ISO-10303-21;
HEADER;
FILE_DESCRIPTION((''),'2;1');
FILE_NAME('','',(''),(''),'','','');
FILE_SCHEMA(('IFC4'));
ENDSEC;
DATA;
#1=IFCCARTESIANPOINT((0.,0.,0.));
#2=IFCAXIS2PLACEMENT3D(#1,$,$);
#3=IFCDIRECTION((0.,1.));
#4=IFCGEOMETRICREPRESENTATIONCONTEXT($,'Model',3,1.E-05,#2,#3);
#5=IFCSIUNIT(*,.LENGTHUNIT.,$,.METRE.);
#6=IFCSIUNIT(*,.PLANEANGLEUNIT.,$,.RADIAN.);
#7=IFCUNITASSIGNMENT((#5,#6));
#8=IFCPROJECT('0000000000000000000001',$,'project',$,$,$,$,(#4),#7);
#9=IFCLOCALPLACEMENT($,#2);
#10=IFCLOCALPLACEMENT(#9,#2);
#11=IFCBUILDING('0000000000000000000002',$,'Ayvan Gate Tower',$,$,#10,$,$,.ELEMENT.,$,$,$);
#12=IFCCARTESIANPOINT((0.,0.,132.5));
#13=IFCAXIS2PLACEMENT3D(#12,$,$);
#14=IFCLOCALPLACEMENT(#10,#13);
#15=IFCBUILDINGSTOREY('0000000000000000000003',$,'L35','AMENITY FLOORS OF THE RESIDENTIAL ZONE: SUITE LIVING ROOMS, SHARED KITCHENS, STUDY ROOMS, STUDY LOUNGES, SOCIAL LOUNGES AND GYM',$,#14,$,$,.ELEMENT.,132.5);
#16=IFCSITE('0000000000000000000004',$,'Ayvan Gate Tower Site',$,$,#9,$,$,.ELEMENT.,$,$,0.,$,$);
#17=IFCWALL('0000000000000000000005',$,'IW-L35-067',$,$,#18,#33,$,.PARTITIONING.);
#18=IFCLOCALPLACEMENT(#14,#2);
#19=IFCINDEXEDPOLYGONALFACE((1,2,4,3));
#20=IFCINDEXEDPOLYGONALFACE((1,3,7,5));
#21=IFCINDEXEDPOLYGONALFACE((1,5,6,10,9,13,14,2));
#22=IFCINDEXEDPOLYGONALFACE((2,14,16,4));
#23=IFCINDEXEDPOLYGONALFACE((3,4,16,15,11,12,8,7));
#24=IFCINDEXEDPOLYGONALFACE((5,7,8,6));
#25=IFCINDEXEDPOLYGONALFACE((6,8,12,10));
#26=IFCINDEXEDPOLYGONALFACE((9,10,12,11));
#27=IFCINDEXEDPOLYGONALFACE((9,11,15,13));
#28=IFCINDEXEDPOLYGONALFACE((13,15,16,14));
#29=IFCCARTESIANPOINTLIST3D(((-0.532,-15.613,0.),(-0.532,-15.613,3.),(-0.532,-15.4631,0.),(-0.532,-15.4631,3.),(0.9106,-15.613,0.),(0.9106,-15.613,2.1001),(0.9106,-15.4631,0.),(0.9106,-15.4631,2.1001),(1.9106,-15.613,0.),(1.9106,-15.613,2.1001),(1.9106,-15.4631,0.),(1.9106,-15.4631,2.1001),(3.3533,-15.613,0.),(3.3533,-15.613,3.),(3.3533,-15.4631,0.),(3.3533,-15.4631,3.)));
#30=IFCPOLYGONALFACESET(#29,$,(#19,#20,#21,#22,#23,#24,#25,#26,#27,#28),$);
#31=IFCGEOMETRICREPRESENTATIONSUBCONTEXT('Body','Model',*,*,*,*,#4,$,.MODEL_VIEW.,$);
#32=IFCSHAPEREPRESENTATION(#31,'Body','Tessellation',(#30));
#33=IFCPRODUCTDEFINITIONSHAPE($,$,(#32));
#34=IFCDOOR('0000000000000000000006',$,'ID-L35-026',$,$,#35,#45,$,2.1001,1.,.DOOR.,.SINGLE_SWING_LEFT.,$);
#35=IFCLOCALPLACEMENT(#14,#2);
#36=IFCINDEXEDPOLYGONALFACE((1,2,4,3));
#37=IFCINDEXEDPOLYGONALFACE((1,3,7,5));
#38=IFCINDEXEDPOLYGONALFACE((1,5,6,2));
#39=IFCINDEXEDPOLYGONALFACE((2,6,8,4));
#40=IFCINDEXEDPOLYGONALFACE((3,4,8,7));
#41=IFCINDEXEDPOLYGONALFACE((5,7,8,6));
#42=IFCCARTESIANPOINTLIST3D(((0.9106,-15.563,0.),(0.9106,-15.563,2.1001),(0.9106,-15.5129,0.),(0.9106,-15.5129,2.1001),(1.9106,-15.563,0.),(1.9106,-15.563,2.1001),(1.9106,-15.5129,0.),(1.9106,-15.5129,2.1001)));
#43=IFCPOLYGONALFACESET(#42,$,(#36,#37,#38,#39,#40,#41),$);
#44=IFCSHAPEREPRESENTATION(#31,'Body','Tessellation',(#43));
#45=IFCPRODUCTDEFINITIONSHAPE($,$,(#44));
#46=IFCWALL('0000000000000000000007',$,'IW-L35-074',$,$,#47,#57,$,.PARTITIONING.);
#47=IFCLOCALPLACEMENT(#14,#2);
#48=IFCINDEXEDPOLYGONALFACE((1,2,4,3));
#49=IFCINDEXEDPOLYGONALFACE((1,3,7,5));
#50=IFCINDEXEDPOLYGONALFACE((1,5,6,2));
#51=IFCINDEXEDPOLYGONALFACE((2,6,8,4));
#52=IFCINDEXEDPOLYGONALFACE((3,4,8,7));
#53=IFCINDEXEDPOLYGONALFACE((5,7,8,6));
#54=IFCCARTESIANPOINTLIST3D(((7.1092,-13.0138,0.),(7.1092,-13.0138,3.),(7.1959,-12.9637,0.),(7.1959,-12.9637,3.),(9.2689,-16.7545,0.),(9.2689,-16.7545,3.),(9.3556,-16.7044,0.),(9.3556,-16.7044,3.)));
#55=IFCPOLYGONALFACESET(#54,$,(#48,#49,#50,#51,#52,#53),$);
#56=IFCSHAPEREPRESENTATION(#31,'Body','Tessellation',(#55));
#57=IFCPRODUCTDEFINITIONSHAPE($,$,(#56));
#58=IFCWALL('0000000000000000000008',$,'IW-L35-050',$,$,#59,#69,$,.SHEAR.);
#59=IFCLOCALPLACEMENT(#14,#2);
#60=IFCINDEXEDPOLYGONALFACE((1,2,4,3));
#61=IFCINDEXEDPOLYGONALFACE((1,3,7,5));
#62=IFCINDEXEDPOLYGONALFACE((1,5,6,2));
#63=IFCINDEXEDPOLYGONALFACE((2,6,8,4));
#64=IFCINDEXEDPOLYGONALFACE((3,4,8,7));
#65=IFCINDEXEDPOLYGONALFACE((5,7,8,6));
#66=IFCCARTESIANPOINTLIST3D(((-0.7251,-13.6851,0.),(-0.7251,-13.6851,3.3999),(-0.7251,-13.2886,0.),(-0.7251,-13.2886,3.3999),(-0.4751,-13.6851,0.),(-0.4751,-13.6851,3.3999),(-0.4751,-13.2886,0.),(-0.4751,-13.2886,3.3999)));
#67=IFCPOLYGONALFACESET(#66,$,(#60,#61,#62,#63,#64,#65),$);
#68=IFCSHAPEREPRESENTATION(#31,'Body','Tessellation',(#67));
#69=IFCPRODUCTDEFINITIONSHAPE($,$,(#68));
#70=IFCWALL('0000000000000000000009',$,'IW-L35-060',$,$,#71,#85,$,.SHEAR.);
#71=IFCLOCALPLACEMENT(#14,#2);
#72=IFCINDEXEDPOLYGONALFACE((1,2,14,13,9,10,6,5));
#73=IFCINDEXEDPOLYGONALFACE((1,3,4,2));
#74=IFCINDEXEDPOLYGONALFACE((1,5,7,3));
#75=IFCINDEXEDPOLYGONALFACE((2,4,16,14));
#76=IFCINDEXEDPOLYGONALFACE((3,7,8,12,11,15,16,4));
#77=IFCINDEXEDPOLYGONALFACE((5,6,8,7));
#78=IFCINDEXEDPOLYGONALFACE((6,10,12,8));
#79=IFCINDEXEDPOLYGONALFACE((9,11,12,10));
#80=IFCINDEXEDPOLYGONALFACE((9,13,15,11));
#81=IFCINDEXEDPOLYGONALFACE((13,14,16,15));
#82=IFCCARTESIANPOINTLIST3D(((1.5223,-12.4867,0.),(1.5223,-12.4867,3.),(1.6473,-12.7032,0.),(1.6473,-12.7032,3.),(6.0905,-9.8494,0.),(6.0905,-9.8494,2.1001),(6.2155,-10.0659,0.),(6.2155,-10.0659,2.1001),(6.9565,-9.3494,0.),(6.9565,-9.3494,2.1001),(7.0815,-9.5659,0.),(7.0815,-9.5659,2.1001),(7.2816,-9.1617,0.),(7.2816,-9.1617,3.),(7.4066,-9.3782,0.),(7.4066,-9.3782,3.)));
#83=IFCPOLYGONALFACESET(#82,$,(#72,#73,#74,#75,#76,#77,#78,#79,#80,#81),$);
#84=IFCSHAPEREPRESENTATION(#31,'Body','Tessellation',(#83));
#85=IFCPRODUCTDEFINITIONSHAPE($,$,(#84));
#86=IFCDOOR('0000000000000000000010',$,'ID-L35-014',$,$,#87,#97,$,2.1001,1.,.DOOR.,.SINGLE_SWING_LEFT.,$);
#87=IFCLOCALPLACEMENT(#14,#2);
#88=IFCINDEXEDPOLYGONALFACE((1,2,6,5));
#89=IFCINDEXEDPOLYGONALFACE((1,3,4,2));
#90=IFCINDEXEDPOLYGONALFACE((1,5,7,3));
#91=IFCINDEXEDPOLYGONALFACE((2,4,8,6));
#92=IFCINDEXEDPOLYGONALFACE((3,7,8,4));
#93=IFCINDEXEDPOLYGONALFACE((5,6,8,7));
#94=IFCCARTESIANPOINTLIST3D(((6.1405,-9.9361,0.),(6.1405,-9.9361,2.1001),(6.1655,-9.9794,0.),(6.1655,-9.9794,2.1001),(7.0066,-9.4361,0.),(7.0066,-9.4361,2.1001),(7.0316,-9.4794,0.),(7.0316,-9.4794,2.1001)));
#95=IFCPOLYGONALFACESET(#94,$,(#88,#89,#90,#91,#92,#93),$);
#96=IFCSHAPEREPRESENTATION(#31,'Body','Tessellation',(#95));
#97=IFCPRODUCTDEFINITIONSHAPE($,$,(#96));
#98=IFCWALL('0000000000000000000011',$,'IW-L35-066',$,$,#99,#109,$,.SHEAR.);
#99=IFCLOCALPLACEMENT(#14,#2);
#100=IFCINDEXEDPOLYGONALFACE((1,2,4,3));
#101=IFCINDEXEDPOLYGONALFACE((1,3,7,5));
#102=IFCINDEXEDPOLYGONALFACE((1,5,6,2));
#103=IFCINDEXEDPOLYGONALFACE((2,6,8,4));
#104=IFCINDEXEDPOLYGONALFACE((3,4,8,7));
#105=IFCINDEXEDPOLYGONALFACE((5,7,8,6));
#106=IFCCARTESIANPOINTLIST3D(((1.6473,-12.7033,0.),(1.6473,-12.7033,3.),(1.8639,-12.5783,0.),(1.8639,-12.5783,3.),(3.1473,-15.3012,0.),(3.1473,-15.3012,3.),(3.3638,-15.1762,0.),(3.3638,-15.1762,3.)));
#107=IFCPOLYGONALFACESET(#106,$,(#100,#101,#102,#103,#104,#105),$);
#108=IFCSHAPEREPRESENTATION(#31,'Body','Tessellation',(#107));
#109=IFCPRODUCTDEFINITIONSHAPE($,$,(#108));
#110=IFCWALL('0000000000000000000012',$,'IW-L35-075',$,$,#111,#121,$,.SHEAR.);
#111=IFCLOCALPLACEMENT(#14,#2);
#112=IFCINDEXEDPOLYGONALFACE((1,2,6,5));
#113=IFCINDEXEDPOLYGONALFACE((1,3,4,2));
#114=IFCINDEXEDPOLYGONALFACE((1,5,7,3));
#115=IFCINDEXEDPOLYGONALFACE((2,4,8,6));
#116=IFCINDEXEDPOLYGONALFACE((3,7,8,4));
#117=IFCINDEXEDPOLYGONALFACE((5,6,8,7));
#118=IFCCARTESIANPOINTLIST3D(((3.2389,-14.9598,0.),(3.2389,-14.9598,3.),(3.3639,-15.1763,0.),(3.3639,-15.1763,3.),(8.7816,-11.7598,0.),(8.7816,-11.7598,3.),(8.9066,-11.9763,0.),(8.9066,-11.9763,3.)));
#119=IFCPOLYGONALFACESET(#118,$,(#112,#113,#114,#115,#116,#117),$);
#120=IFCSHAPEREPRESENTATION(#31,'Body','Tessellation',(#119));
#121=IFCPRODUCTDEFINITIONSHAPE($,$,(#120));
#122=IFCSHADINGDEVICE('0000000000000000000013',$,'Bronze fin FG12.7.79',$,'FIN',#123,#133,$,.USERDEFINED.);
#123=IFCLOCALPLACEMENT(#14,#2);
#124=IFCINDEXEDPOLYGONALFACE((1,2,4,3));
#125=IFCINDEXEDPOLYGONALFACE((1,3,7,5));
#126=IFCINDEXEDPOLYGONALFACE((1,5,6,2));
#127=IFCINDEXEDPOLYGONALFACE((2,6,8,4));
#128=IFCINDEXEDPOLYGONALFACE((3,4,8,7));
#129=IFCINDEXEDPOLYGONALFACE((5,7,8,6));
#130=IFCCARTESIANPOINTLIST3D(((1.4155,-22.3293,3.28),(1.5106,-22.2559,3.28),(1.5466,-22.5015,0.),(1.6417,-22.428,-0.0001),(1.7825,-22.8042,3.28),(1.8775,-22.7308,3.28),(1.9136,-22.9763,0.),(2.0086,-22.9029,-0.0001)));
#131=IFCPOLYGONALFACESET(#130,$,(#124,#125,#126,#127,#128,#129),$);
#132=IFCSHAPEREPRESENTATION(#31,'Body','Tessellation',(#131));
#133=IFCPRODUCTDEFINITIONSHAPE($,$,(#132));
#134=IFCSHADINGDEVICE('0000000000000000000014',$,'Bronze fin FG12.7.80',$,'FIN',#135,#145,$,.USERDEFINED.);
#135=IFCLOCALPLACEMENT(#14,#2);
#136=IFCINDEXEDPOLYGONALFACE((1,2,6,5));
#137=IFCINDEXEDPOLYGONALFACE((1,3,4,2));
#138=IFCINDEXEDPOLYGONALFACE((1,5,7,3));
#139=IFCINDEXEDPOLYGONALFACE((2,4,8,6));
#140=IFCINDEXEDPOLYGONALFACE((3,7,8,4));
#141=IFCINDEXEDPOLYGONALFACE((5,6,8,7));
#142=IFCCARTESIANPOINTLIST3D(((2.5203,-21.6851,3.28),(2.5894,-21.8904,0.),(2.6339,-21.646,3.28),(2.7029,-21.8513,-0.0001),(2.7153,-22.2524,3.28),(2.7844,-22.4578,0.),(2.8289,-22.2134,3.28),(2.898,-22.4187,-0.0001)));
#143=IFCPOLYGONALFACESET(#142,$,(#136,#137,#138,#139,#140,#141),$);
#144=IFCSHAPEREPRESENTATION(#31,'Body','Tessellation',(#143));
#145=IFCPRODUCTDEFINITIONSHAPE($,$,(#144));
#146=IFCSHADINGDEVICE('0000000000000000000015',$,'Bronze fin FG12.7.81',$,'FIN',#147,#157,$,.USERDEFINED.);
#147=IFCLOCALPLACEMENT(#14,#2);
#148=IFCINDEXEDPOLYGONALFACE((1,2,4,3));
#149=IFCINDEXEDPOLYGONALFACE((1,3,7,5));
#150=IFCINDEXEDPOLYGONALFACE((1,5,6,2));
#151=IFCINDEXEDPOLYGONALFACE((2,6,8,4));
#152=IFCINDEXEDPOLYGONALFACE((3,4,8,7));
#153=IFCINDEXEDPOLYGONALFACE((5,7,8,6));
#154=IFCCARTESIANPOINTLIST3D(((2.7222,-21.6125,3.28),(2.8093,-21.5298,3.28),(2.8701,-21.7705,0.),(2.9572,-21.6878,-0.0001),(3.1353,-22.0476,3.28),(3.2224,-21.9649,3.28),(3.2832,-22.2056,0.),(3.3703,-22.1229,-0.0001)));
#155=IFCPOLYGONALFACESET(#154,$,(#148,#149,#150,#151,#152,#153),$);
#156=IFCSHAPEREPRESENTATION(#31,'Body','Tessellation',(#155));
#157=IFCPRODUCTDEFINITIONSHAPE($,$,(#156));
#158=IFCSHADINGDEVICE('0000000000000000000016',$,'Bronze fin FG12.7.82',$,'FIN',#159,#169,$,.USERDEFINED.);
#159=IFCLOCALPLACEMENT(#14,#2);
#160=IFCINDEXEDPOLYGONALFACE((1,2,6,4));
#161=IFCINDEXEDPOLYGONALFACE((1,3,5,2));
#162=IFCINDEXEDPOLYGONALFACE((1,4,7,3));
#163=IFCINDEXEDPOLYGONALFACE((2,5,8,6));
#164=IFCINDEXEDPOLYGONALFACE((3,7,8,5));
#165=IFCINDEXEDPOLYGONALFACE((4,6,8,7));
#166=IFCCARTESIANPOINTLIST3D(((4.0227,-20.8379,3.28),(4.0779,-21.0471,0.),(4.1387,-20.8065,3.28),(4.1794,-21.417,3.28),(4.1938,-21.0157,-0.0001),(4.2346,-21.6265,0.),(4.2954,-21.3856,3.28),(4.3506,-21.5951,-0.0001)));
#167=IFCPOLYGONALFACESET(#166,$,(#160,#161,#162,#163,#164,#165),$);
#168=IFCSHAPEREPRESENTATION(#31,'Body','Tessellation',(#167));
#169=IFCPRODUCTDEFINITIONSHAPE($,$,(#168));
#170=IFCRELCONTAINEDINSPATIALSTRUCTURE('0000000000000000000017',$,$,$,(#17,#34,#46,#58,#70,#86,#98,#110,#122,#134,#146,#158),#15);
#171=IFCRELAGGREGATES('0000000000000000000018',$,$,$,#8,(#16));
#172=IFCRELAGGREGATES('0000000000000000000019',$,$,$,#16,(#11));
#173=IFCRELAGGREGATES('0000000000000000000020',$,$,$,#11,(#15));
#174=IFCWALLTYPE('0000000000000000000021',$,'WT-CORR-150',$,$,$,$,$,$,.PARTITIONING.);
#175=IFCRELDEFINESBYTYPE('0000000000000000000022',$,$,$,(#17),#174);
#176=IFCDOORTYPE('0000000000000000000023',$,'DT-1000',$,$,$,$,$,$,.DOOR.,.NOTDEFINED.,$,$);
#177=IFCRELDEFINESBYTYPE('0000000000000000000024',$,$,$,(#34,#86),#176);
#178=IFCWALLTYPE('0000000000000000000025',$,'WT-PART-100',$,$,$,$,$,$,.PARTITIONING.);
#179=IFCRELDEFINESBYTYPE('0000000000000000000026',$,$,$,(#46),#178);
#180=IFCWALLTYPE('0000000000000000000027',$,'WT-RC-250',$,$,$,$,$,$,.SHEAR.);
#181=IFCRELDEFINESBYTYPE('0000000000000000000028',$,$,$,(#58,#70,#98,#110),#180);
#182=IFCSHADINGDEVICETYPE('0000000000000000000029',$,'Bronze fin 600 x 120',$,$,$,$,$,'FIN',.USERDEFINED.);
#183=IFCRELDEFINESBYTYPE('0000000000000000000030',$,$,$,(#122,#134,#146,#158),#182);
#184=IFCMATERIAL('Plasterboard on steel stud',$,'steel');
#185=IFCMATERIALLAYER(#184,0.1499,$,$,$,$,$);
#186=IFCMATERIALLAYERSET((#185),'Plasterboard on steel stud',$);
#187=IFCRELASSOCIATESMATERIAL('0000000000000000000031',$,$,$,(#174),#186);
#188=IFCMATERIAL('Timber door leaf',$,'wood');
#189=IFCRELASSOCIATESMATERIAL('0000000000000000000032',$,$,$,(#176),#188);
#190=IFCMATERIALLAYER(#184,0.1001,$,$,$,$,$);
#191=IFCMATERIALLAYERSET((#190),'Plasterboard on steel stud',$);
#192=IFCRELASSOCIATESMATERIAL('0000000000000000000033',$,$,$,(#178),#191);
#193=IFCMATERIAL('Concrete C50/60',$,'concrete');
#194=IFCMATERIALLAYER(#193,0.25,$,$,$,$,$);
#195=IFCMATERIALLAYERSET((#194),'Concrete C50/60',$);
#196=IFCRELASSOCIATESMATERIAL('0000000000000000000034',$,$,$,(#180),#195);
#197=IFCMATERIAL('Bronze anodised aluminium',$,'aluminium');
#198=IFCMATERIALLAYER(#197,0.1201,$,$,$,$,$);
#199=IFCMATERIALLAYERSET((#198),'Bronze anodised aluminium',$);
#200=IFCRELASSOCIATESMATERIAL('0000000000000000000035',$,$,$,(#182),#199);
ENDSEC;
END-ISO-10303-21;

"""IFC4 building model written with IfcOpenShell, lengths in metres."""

from ifc_helpers import new_model, si_unit, direction, frame, frame_2d, origin, place, context, subcontext, project, spatial, polyline, rectangle, outline, extrude, material, layer, layer_set, type_object, element, fill, save


model = new_model("IFC4")

# Units and contexts
model_context = context("Model", 3, precision=1e-05, world=origin(), true_north=direction((0.0, 1.0)))
body_context = subcontext(model_context, "Body", "Model", "MODEL_VIEW")
ifc_project = project(units=[si_unit("LENGTHUNIT", "METRE"), si_unit("PLANEANGLEUNIT", "RADIAN")], contexts=[model_context])

# Site, building, storey
site_placement = place(None, origin())
site = spatial("IfcSite", under=ifc_project, at=site_placement, Name="Ayvan Gate Tower Site", CompositionType="ELEMENT", RefElevation=0.0)
building_placement = place(site_placement, origin())
building = spatial("IfcBuilding", under=site, at=building_placement, Name="Ayvan Gate Tower", CompositionType="ELEMENT")
storey_placement = place(building_placement, frame((0.0, 0.0, 132.5)))
storey = spatial("IfcBuildingStorey", under=building, at=storey_placement, Name="L35", Description="AMENITY FLOORS OF THE RESIDENTIAL ZONE: SUITE LIVING ROOMS, SHARED KITCHENS, STUDY ROOMS, STUDY LOUNGES, SOCIAL LOUNGES AND GYM", CompositionType="ELEMENT", Elevation=132.5)

# Shared definitions
ifc_material_1 = material(Name="Bronze anodised aluminium", Category="aluminium")

# Shared definitions
ifc_material_2 = material(Name="Plasterboard on steel stud", Category="steel")
ifc_layer_1 = layer(ifc_material_2, 0.1499)
ifc_layer_set_1 = layer_set([ifc_layer_1], Name="Plasterboard on steel stud")
wall_type_1 = type_object("IfcWallType", Name="WT-CORR-150", PredefinedType="PARTITIONING", material=ifc_layer_set_1)

# Wall, opening, door
wall_1_placement = place(storey_placement, frame((3.3533, -15.5381, 0.0), z_axis=(0.0, 0.0, 1.0), x_axis=(-1.0, 0.0, 0.0)))
wall_1 = element("IfcWall", 1, at=wall_1_placement, inside=storey, type_object=wall_type_1, Name="IW-L35-067", PredefinedType="PARTITIONING", context=body_context, shape_type="SweptSolid", body=[
    extrude(rectangle(XDim=3.8853, YDim=0.1499, at=frame_2d((1.9426, 0.0))), origin(), (0.0, 0.0, 1.0), 3.0),
])
opening_1_placement = place(wall_1_placement, frame((1.4426, 0.0, 0.0)))
opening_1 = element("IfcOpeningElement", 2, at=opening_1_placement, cuts=wall_1, PredefinedType="OPENING", context=body_context, shape_type="SweptSolid", body=[
    extrude(rectangle(XDim=1.0, YDim=2.1001, at=frame_2d((0.5, 1.05))), frame((0.0, 0.085, 0.0), z_axis=(0.0, -1.0, 0.0), x_axis=(1.0, 0.0, 0.0)), (0.0, 0.0, 1.0), 0.1699),
])
ifc_material_3 = material(Name="Timber door leaf", Category="wood")
door_type = type_object("IfcDoorType", Name="DT-1000", OperationType="NOTDEFINED", PredefinedType="DOOR", material=ifc_material_3)
door_1_placement = place(opening_1_placement, origin())
door_1 = element("IfcDoor", 3, at=door_1_placement, inside=storey, type_object=door_type, Name="ID-L35-026", OperationType="SINGLE_SWING_LEFT", OverallHeight=2.1001, OverallWidth=1.0, PredefinedType="DOOR", context=body_context, shape_type="SweptSolid", body=[
    extrude(rectangle(XDim=1.0, YDim=2.1001, at=frame_2d((0.5, 1.05))), frame((0.0, 0.0249, 0.0), z_axis=(0.0, -1.0, 0.0), x_axis=(1.0, 0.0, 0.0)), (0.0, 0.0, 1.0), 0.05),
])
fill(opening_1, door_1)

# Walls
ifc_layer_2 = layer(ifc_material_2, 0.1001)
ifc_layer_set_2 = layer_set([ifc_layer_2], Name="Plasterboard on steel stud")
wall_type_2 = type_object("IfcWallType", Name="WT-PART-100", PredefinedType="PARTITIONING", material=ifc_layer_set_2)
wall_2_placement = place(storey_placement, frame((7.1526, -12.9888, 0.0), z_axis=(0.0, 0.0, 1.0), x_axis=(0.499993, -0.866029, 0.0)))
element("IfcWall", 4, at=wall_2_placement, inside=storey, type_object=wall_type_2, Name="IW-L35-074", PredefinedType="PARTITIONING", context=body_context, shape_type="SweptSolid", body=[
    extrude(rectangle(XDim=4.3193, YDim=0.1001, at=frame_2d((2.1597, 0.0))), origin(), (0.0, 0.0, 1.0), 3.0),
])
ifc_material_4 = material(Name="Concrete C50/60", Category="concrete")
ifc_layer_3 = layer(ifc_material_4, 0.25)
ifc_layer_set_3 = layer_set([ifc_layer_3], Name="Concrete C50/60")
wall_type_3 = type_object("IfcWallType", Name="WT-RC-250", PredefinedType="SHEAR", material=ifc_layer_set_3)
wall_3_placement = place(storey_placement, frame((-0.6001, -13.2886, 0.0), z_axis=(0.0, 0.0, 1.0), x_axis=(0.0, -1.0, 0.0)))
element("IfcWall", 5, at=wall_3_placement, inside=storey, type_object=wall_type_3, Name="IW-L35-050", PredefinedType="SHEAR", context=body_context, shape_type="SweptSolid", body=[
    extrude(rectangle(XDim=0.3965, YDim=0.25, at=frame_2d((0.1982, 0.0))), origin(), (0.0, 0.0, 1.0), 3.3999),
])

# Wall, opening, door
wall_4_placement = place(storey_placement, frame((1.5847, -12.595, 0.0), z_axis=(0.0, 0.0, 1.0), x_axis=(0.866036, 0.499981, 0.0)))
wall_4 = element("IfcWall", 6, at=wall_4_placement, inside=storey, type_object=wall_type_3, Name="IW-L35-060", PredefinedType="SHEAR", context=body_context, shape_type="SweptSolid", body=[
    extrude(rectangle(XDim=6.6501, YDim=0.25, at=frame_2d((3.3252, 0.0))), origin(), (0.0, 0.0, 1.0), 3.0),
])
opening_2_placement = place(wall_4_placement, frame((5.2749, 0.0, 0.0)))
opening_2 = element("IfcOpeningElement", 7, at=opening_2_placement, cuts=wall_4, PredefinedType="OPENING", context=body_context, shape_type="SweptSolid", body=[
    extrude(rectangle(XDim=1.0, YDim=2.1001, at=frame_2d((0.5, 1.05))), frame((0.0, 0.135, 0.0), z_axis=(0.0, -1.0, 0.0), x_axis=(1.0, 0.0, 0.0)), (0.0, 0.0, 1.0), 0.27),
])
door_2_placement = place(opening_2_placement, origin())
door_2 = element("IfcDoor", 8, at=door_2_placement, inside=storey, type_object=door_type, Name="ID-L35-014", OperationType="SINGLE_SWING_LEFT", OverallHeight=2.1001, OverallWidth=1.0, PredefinedType="DOOR", context=body_context, shape_type="SweptSolid", body=[
    extrude(rectangle(XDim=1.0, YDim=2.1001, at=frame_2d((0.5, 1.05))), frame((0.0, 0.0249, 0.0), z_axis=(0.0, -1.0, 0.0), x_axis=(1.0, 0.0, 0.0)), (0.0, 0.0, 1.0), 0.05),
])
fill(opening_2, door_2)

# Walls
wall_5_placement = place(storey_placement, frame((3.2556, -15.2388, 0.0), z_axis=(0.0, 0.0, 1.0), x_axis=(-0.500025, 0.866011, 0.0)))
element("IfcWall", 9, at=wall_5_placement, inside=storey, type_object=wall_type_3, Name="IW-L35-066", PredefinedType="SHEAR", context=body_context, shape_type="SweptSolid", body=[
    extrude(rectangle(XDim=2.9998, YDim=0.25, at=frame_2d((1.5, 0.0))), origin(), (0.0, 0.0, 1.0), 3.0),
])
wall_6_placement = place(storey_placement, frame((3.3013, -15.0681, 0.0), z_axis=(0.0, 0.0, 1.0), x_axis=(0.866035, 0.499983, 0.0)))
element("IfcWall", 10, at=wall_6_placement, inside=storey, type_object=wall_type_3, Name="IW-L35-075", PredefinedType="SHEAR", context=body_context, shape_type="SweptSolid", body=[
    extrude(rectangle(XDim=6.4001, YDim=0.25, at=frame_2d((3.2002, 0.0))), origin(), (0.0, 0.0, 1.0), 3.0),
])

# Shading devices
ifc_layer_4 = layer(ifc_material_1, 0.1201)
ifc_layer_set_4 = layer_set([ifc_layer_4], Name="Bronze anodised aluminium")
shading_device_type = type_object("IfcShadingDeviceType", Name="Bronze fin 600 x 120", ElementType="FIN", PredefinedType="USERDEFINED", material=ifc_layer_set_4)
shading_device_1_placement = place(storey_placement, frame((1.5466, -22.5015, 0.0), z_axis=(-0.791276, -0.611459, 0.000459), x_axis=(0.611459, -0.791276, 0.0)))
element("IfcShadingDevice", 11, at=shading_device_1_placement, inside=storey, type_object=shading_device_type, Name="Bronze fin FG12.7.79", ObjectType="FIN", PredefinedType="USERDEFINED", context=body_context, shape_type="SweptSolid", body=[
    extrude(outline(polyline([(0.0, 0.0), (0.6001, 0.0), (0.3838, 3.28), (-0.2164, 3.28), (0.0, 0.0)])), origin(), (0.0, 0.0, -1.0), 0.1201),
])
shading_device_2_placement = place(storey_placement, frame((2.5894, -21.8904, 0.0), z_axis=(-0.945671, -0.325125, 0.000432), x_axis=(0.325125, -0.945671, 0.0)))
element("IfcShadingDevice", 12, at=shading_device_2_placement, inside=storey, type_object=shading_device_type, Name="Bronze fin FG12.7.80", ObjectType="FIN", PredefinedType="USERDEFINED", context=body_context, shape_type="SweptSolid", body=[
    extrude(outline(polyline([(0.0, 0.0), (0.6, 0.0), (0.3833, 3.28), (-0.2166, 3.28), (0.0, 0.0)])), origin(), (0.0, 0.0, -1.0), 0.1201),
])
shading_device_3_placement = place(storey_placement, frame((2.8701, -21.7705, 0.0), z_axis=(-0.725182, -0.688557, 0.000449), x_axis=(0.688557, -0.725182, 0.0)))
element("IfcShadingDevice", 13, at=shading_device_3_placement, inside=storey, type_object=shading_device_type, Name="Bronze fin FG12.7.81", ObjectType="FIN", PredefinedType="USERDEFINED", context=body_context, shape_type="SweptSolid", body=[
    extrude(outline(polyline([(0.0, 0.0), (0.5999, 0.0), (0.3835, 3.28), (-0.2164, 3.28), (0.0, 0.0)])), origin(), (0.0, 0.0, -1.0), 0.1201),
])
shading_device_4_placement = place(storey_placement, frame((4.0779, -21.0471, 0.0), z_axis=(-0.965283, -0.261206, 0.000434), x_axis=(0.261206, -0.965283, 0.0)))
element("IfcShadingDevice", 14, at=shading_device_4_placement, inside=storey, type_object=shading_device_type, Name="Bronze fin FG12.7.82", ObjectType="FIN", PredefinedType="USERDEFINED", context=body_context, shape_type="SweptSolid", body=[
    extrude(outline(polyline([(0.0, 0.0), (0.6002, 0.0), (0.3836, 3.28), (-0.2164, 3.28), (0.0, 0.0)])), origin(), (0.0, 0.0, -1.0), 0.1201),
])

save(model, "model.ifc")
